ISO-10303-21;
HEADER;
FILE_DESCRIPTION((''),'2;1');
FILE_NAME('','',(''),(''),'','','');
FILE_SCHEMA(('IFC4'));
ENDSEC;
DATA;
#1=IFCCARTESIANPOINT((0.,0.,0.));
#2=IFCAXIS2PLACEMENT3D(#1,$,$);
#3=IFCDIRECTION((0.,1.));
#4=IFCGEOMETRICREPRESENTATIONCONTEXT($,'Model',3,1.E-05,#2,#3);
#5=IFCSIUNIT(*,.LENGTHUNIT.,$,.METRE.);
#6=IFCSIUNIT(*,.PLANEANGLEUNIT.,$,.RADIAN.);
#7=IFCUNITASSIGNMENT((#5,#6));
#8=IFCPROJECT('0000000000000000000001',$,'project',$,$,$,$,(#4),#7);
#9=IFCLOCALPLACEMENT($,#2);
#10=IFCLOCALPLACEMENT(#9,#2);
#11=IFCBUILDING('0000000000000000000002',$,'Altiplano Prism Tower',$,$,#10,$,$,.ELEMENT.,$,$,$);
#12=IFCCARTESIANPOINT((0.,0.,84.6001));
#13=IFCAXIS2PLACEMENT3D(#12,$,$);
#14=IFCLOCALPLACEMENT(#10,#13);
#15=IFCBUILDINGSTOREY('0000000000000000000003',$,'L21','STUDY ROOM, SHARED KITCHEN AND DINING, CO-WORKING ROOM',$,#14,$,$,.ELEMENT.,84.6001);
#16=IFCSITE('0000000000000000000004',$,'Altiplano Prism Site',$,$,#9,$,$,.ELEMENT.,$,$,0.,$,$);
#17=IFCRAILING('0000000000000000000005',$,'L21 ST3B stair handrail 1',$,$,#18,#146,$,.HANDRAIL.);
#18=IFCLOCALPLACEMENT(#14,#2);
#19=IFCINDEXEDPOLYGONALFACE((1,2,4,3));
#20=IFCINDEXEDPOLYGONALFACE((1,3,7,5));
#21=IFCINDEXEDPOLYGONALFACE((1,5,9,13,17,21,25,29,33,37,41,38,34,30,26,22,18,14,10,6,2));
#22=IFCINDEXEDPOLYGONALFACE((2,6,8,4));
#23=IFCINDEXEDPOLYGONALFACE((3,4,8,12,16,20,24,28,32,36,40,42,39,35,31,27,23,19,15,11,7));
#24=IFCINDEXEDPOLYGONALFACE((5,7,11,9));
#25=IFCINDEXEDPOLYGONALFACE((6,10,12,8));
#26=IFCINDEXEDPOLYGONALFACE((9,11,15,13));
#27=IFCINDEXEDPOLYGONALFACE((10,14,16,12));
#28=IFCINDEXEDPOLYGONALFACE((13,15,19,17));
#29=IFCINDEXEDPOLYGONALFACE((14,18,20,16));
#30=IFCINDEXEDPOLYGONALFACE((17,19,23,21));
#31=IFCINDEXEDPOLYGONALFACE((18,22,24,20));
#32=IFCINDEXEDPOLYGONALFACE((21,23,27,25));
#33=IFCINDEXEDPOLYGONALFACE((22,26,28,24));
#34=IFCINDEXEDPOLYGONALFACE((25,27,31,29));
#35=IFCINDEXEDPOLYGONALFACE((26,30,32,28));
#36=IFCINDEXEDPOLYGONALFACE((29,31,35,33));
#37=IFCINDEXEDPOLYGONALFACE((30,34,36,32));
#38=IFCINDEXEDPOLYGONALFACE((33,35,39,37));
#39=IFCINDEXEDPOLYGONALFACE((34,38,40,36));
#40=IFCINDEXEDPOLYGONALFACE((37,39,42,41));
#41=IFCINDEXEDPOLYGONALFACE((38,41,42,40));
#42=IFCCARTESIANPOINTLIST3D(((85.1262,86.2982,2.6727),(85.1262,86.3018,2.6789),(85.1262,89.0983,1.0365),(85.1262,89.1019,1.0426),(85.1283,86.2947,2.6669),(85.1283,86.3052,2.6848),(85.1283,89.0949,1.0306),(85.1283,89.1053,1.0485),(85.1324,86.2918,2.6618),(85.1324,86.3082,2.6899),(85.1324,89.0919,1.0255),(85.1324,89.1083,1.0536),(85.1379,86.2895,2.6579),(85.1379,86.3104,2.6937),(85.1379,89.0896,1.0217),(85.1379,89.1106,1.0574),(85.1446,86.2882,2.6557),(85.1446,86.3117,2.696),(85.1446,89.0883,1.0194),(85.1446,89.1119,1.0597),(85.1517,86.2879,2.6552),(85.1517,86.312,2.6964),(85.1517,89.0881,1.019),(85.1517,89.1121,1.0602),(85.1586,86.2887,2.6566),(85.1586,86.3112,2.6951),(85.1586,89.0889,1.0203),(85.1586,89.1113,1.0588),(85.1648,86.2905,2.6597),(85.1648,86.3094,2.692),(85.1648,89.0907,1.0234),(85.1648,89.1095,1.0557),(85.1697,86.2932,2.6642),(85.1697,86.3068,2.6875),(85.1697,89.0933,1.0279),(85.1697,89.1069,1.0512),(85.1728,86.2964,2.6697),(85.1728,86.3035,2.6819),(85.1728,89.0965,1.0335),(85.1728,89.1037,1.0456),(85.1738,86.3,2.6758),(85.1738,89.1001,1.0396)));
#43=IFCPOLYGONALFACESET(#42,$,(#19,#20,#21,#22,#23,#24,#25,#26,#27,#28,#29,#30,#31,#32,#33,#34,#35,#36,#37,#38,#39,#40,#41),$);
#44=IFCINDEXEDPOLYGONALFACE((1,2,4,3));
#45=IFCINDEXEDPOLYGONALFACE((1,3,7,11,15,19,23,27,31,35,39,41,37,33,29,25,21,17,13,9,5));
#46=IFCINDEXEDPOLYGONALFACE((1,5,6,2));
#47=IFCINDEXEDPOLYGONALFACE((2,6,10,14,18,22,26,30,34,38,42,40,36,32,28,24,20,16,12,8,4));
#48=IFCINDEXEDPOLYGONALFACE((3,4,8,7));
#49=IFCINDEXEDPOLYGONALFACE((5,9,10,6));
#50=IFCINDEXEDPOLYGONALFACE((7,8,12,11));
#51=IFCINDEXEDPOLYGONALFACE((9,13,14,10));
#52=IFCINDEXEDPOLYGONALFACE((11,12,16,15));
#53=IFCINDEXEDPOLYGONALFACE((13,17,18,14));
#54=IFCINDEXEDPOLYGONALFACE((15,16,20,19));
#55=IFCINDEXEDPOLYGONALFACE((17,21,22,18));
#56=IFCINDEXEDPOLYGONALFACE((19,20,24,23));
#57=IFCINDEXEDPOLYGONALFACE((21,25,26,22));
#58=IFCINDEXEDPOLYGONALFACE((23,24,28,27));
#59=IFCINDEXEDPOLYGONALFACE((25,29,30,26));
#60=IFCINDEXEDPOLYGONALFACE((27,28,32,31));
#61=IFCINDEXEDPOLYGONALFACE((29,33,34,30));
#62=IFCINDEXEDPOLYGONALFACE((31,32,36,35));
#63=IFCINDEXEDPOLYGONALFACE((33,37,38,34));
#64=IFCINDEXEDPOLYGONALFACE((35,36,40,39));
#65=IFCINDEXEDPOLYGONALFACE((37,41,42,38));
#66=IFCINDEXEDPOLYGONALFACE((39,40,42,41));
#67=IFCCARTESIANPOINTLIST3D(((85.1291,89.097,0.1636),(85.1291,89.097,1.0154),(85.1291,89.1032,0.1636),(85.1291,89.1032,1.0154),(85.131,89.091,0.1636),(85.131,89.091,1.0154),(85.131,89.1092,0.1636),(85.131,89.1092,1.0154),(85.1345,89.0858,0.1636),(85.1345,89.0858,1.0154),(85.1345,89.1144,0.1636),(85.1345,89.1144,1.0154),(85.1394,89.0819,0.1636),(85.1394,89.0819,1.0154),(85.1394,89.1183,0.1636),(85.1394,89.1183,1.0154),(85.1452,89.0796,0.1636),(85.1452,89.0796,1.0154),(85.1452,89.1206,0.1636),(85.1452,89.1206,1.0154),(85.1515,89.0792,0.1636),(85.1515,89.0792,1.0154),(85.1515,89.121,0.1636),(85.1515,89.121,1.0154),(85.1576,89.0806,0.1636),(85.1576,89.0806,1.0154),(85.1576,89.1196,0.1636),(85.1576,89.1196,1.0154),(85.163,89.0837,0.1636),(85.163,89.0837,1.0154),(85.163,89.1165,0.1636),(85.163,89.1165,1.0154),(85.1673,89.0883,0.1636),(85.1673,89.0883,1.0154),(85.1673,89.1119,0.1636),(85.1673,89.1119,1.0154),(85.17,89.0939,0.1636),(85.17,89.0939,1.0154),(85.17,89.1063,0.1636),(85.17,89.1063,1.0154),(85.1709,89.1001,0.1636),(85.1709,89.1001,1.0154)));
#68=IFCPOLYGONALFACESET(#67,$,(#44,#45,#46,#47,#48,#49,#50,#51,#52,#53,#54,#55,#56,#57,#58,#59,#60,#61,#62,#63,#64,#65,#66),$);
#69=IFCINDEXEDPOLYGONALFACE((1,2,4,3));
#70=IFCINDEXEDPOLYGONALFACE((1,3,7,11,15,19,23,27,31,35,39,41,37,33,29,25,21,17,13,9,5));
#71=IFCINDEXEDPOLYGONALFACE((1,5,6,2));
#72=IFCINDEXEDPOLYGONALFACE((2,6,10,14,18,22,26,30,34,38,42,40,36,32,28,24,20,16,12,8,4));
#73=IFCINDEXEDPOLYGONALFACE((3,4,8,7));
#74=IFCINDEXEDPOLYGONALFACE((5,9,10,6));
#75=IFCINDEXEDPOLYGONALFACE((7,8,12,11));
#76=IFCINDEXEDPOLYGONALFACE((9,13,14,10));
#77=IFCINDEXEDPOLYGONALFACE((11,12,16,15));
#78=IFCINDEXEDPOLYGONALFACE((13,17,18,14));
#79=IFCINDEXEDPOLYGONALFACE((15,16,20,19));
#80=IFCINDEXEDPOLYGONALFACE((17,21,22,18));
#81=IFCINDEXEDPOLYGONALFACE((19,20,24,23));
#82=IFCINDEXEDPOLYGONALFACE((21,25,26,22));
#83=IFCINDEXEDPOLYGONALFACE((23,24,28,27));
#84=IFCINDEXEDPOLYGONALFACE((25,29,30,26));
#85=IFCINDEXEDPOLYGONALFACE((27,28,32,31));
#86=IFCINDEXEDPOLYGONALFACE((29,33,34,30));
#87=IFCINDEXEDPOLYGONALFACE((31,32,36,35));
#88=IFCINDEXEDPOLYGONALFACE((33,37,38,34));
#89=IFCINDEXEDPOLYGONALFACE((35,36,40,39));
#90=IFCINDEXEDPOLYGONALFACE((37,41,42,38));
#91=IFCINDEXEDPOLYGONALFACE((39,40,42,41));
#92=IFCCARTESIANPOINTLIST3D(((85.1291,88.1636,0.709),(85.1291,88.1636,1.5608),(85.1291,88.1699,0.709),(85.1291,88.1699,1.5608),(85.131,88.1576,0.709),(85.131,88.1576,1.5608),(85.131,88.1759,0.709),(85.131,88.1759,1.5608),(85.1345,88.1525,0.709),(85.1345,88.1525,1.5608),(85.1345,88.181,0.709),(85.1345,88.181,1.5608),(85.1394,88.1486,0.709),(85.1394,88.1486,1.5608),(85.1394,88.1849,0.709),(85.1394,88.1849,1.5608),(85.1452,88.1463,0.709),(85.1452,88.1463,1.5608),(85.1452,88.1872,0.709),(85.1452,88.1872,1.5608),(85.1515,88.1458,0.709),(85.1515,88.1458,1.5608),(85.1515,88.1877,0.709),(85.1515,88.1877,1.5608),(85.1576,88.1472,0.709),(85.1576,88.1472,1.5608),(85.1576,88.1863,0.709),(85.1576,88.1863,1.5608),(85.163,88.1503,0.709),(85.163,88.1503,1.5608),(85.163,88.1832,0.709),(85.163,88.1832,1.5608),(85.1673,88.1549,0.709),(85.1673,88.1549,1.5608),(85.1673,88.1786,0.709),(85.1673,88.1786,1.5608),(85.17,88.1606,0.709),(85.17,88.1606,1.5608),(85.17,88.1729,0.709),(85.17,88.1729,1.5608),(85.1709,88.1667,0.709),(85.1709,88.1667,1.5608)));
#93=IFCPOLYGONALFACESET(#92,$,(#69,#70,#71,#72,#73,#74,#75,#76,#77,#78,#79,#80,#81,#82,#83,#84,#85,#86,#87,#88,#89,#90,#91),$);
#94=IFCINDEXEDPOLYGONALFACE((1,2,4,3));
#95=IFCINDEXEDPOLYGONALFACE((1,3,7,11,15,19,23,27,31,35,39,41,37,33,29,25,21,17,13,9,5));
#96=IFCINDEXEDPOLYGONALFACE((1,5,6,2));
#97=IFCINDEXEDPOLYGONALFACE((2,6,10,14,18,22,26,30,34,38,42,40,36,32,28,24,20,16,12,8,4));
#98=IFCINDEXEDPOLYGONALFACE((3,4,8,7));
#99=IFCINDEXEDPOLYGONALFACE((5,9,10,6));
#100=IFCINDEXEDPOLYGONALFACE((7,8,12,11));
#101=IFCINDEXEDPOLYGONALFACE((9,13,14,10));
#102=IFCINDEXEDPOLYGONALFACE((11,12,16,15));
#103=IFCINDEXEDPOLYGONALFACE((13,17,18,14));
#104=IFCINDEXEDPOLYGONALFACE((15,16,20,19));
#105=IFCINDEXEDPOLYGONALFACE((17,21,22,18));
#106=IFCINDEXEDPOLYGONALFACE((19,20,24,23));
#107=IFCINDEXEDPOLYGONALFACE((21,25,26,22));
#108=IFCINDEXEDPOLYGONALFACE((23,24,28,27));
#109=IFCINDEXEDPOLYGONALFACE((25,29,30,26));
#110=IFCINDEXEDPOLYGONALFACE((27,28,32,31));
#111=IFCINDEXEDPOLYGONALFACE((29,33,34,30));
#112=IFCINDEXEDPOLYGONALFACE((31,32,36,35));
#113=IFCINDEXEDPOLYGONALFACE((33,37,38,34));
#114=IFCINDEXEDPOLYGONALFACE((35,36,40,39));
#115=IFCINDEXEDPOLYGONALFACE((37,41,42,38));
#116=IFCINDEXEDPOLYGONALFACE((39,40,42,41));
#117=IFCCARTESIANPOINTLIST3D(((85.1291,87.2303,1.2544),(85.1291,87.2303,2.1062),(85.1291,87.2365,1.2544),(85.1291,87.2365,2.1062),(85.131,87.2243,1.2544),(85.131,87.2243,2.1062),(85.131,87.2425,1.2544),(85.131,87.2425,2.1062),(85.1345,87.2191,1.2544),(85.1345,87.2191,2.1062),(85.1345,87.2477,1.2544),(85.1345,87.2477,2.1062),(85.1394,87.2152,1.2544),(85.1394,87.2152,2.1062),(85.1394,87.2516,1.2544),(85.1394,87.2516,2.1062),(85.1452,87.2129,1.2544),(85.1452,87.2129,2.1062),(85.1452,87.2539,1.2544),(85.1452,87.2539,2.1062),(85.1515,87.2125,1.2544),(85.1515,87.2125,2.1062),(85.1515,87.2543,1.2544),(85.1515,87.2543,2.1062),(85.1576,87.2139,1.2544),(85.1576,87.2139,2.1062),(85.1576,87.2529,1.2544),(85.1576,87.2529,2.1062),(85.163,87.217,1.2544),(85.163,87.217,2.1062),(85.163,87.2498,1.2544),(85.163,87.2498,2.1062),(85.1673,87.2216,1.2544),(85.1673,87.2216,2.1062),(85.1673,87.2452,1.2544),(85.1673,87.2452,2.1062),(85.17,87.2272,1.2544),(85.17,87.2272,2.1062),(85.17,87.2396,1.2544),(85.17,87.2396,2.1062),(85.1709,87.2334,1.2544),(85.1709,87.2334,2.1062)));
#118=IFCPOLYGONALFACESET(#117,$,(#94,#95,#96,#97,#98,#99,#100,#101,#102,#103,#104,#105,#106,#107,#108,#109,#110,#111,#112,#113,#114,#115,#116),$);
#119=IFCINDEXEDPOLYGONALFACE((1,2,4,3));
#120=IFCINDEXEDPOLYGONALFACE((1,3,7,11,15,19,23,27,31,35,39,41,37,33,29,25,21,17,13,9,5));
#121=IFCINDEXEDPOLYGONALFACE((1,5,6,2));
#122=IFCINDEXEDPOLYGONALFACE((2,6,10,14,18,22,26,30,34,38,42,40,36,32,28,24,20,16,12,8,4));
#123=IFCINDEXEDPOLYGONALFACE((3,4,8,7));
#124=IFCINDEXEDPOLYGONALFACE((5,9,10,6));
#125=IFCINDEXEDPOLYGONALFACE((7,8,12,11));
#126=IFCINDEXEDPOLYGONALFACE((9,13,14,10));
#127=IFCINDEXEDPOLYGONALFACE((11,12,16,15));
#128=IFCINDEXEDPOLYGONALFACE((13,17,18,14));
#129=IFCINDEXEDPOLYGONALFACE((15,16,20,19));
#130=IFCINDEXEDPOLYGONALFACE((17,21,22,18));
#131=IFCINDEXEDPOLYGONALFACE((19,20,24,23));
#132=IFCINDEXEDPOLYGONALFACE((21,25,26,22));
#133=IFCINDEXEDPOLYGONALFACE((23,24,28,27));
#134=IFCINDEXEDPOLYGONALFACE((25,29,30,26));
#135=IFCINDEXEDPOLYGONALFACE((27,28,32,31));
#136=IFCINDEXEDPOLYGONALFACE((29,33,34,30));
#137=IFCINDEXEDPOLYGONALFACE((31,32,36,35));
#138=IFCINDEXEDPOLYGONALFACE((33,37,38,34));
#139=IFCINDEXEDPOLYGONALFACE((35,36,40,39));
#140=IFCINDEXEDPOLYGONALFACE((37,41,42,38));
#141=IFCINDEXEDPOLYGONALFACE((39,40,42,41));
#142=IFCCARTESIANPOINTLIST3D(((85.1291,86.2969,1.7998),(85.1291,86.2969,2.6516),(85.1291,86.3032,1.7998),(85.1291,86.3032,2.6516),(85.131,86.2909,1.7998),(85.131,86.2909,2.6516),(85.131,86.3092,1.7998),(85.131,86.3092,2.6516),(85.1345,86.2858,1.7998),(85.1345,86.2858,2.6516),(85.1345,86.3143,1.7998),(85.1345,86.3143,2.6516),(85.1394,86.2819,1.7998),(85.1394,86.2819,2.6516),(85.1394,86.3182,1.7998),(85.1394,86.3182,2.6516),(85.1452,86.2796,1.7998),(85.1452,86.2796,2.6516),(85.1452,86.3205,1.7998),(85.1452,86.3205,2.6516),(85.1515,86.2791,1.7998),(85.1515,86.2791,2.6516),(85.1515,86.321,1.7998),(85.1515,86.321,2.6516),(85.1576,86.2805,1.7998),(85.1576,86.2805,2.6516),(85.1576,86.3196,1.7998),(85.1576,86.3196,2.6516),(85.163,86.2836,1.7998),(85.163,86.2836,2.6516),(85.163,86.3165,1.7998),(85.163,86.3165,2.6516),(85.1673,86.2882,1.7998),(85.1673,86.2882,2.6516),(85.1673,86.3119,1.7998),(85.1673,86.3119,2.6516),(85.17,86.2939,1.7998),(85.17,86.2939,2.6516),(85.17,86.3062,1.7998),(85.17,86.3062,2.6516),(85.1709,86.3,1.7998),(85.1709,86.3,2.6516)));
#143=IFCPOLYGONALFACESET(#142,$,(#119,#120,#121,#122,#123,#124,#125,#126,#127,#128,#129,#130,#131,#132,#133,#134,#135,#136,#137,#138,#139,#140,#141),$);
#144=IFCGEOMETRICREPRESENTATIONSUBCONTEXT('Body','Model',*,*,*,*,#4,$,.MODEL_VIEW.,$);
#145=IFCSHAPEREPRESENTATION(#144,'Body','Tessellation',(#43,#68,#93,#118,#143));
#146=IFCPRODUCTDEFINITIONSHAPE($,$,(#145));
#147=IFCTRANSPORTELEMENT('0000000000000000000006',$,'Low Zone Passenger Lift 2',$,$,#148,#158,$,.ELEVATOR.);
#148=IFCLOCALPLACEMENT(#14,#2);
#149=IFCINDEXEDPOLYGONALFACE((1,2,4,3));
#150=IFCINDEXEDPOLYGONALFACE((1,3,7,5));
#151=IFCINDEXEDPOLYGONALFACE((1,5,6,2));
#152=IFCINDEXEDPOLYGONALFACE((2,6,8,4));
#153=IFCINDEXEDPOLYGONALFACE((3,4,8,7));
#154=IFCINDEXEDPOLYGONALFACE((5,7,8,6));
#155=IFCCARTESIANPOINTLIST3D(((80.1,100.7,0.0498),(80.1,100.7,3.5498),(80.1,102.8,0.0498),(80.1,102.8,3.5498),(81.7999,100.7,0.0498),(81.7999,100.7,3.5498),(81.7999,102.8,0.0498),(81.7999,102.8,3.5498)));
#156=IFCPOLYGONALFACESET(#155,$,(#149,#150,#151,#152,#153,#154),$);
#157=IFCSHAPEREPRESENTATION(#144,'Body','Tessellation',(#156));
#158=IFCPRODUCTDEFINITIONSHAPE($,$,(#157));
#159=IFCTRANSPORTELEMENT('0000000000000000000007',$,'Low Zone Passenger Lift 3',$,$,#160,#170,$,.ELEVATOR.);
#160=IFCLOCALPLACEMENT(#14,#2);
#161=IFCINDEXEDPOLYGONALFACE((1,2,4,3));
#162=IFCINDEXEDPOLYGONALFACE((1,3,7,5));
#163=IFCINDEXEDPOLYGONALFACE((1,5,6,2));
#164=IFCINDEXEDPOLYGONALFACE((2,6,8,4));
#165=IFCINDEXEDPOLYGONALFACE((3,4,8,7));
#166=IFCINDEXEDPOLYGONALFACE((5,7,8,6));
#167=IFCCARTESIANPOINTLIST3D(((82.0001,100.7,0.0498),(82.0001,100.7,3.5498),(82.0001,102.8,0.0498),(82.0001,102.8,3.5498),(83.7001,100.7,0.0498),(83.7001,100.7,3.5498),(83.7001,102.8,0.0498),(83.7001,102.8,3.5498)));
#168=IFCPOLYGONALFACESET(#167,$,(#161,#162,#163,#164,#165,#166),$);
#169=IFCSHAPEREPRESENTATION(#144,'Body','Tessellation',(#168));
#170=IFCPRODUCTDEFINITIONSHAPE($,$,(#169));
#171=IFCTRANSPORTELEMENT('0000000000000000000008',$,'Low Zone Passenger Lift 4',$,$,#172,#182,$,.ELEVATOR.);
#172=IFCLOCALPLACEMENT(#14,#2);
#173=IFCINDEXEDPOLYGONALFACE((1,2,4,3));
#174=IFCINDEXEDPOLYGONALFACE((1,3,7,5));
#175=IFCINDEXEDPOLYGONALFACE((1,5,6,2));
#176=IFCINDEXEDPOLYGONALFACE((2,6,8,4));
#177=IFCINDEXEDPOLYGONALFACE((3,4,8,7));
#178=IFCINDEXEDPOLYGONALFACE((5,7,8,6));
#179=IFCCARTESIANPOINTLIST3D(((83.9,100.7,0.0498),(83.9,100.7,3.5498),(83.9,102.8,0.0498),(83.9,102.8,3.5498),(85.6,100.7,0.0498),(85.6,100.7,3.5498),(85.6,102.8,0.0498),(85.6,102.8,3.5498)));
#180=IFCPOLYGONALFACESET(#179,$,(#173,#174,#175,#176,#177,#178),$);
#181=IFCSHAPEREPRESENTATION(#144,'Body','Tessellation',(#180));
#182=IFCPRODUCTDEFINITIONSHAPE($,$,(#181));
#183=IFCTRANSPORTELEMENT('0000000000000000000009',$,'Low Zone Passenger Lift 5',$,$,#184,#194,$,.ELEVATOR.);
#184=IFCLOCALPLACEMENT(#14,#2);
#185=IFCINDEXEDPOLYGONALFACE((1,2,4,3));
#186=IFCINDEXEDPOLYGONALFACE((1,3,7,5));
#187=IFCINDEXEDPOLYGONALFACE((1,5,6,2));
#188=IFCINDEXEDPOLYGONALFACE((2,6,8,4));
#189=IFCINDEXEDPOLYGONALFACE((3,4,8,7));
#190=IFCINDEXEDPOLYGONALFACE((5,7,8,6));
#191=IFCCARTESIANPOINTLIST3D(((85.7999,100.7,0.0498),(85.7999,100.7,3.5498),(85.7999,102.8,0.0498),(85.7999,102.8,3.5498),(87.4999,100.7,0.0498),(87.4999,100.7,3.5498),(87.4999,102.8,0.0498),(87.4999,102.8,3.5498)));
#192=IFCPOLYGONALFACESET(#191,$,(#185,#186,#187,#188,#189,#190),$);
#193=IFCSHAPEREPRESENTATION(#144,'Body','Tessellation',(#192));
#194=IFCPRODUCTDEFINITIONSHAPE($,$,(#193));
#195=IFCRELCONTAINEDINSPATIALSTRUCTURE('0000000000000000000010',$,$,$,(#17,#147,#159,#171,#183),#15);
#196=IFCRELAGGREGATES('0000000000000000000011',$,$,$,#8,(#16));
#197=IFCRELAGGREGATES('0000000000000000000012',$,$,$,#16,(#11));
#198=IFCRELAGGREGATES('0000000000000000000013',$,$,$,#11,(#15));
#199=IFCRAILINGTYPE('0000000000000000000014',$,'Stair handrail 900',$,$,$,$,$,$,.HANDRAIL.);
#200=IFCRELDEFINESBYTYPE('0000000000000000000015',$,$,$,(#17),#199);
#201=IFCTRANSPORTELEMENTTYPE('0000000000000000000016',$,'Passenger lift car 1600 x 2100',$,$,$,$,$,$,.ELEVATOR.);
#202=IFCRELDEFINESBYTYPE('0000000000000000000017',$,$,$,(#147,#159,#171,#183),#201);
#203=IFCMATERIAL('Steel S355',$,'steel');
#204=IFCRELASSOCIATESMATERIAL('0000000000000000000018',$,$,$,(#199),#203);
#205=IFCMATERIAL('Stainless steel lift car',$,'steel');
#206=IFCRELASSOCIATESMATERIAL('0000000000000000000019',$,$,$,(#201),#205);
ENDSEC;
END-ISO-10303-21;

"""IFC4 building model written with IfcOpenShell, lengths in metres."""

from ifc_helpers import new_model, si_unit, direction, frame, origin, origin_2d, place, context, subcontext, project, spatial, rectangle, circle, extrude, material, type_object, element, save


model = new_model("IFC4")

# Units and contexts
model_context = context("Model", 3, precision=1e-05, world=origin(), true_north=direction((0.0, 1.0)))
body_context = subcontext(model_context, "Body", "Model", "MODEL_VIEW")
ifc_project = project(units=[si_unit("LENGTHUNIT", "METRE"), si_unit("PLANEANGLEUNIT", "RADIAN")], contexts=[model_context])

# Site, building, storey
site_placement = place(None, origin())
site = spatial("IfcSite", under=ifc_project, at=site_placement, Name="Altiplano Prism Site", CompositionType="ELEMENT", RefElevation=0.0)
building_placement = place(site_placement, origin())
building = spatial("IfcBuilding", under=site, at=building_placement, Name="Altiplano Prism Tower", CompositionType="ELEMENT")
storey_placement = place(building_placement, frame((0.0, 0.0, 84.6001)))
storey = spatial("IfcBuildingStorey", under=building, at=storey_placement, Name="L21", Description="STUDY ROOM, SHARED KITCHEN AND DINING, CO-WORKING ROOM", CompositionType="ELEMENT", Elevation=84.6001)

# Railing
ifc_material_1 = material(Name="Steel S355", Category="steel")
railing_type_1 = type_object("IfcRailingType", Name="Stair handrail 900", PredefinedType="HANDRAIL", material=ifc_material_1)
railing_1_placement = place(storey_placement, frame((85.1499, 89.1001, 0.1636)))
element("IfcRailing", 1, at=railing_1_placement, inside=storey, type_object=railing_type_1, Name="L21 ST3B stair handrail 1", PredefinedType="HANDRAIL", context=body_context, shape_type="SweptSolid", body=[
    extrude(circle(Radius=0.0239, at=origin_2d()), frame((0.0, 0.0, 0.876), z_axis=(0.0, -0.863394, 0.504531), x_axis=(1.0, 0.0, 0.0)), (0.0, 0.0, 1.0), 3.2432),
    extrude(circle(Radius=0.021, at=origin_2d()), origin(), (0.0, 0.0, 1.0), 0.8518),
    extrude(circle(Radius=0.021, at=origin_2d()), frame((0.0, -0.9333, 0.5454)), (0.0, 0.0, 1.0), 0.8518),
    extrude(circle(Radius=0.021, at=origin_2d()), frame((0.0, -1.8667, 1.0908)), (0.0, 0.0, 1.0), 0.8518),
    extrude(circle(Radius=0.021, at=origin_2d()), frame((0.0, -2.8, 1.6362)), (0.0, 0.0, 1.0), 0.8518),
])

# Transport elements
ifc_material_2 = material(Name="Stainless steel lift car", Category="steel")
transport_element_type = type_object("IfcTransportElementType", Name="Passenger lift car 1600 x 2100", PredefinedType="ELEVATOR", material=ifc_material_2)
for number, where, z_axis, x_axis, name in (
    (2, (80.95, 101.75, 0.0498), (0.0, 0.0, 1.0), (1.0, 0.0, 0.0), "Low Zone Passenger Lift 2"),
    (3, (82.8501, 101.75, 0.0498), (0.0, 0.0, 1.0), (1.0, 0.0, 0.0), "Low Zone Passenger Lift 3"),
    (4, (84.75, 101.75, 0.0498), (0.0, 0.0, 1.0), (1.0, 0.0, 0.0), "Low Zone Passenger Lift 4"),
    (5, (86.6499, 101.75, 0.0498), (0.0, 0.0, 1.0), (1.0, 0.0, 0.0), "Low Zone Passenger Lift 5"),
):
    element("IfcTransportElement", number, at=place(storey_placement, frame(where, z_axis=z_axis, x_axis=x_axis)), inside=storey, type_object=transport_element_type, Name=name, PredefinedType="ELEVATOR", context=body_context, shape_type="SweptSolid", body=[
        extrude(rectangle(XDim=1.7, YDim=2.1001, at=origin_2d()), origin(), (0.0, 0.0, 1.0), 3.5),
    ])

save(model, "model.ifc")
